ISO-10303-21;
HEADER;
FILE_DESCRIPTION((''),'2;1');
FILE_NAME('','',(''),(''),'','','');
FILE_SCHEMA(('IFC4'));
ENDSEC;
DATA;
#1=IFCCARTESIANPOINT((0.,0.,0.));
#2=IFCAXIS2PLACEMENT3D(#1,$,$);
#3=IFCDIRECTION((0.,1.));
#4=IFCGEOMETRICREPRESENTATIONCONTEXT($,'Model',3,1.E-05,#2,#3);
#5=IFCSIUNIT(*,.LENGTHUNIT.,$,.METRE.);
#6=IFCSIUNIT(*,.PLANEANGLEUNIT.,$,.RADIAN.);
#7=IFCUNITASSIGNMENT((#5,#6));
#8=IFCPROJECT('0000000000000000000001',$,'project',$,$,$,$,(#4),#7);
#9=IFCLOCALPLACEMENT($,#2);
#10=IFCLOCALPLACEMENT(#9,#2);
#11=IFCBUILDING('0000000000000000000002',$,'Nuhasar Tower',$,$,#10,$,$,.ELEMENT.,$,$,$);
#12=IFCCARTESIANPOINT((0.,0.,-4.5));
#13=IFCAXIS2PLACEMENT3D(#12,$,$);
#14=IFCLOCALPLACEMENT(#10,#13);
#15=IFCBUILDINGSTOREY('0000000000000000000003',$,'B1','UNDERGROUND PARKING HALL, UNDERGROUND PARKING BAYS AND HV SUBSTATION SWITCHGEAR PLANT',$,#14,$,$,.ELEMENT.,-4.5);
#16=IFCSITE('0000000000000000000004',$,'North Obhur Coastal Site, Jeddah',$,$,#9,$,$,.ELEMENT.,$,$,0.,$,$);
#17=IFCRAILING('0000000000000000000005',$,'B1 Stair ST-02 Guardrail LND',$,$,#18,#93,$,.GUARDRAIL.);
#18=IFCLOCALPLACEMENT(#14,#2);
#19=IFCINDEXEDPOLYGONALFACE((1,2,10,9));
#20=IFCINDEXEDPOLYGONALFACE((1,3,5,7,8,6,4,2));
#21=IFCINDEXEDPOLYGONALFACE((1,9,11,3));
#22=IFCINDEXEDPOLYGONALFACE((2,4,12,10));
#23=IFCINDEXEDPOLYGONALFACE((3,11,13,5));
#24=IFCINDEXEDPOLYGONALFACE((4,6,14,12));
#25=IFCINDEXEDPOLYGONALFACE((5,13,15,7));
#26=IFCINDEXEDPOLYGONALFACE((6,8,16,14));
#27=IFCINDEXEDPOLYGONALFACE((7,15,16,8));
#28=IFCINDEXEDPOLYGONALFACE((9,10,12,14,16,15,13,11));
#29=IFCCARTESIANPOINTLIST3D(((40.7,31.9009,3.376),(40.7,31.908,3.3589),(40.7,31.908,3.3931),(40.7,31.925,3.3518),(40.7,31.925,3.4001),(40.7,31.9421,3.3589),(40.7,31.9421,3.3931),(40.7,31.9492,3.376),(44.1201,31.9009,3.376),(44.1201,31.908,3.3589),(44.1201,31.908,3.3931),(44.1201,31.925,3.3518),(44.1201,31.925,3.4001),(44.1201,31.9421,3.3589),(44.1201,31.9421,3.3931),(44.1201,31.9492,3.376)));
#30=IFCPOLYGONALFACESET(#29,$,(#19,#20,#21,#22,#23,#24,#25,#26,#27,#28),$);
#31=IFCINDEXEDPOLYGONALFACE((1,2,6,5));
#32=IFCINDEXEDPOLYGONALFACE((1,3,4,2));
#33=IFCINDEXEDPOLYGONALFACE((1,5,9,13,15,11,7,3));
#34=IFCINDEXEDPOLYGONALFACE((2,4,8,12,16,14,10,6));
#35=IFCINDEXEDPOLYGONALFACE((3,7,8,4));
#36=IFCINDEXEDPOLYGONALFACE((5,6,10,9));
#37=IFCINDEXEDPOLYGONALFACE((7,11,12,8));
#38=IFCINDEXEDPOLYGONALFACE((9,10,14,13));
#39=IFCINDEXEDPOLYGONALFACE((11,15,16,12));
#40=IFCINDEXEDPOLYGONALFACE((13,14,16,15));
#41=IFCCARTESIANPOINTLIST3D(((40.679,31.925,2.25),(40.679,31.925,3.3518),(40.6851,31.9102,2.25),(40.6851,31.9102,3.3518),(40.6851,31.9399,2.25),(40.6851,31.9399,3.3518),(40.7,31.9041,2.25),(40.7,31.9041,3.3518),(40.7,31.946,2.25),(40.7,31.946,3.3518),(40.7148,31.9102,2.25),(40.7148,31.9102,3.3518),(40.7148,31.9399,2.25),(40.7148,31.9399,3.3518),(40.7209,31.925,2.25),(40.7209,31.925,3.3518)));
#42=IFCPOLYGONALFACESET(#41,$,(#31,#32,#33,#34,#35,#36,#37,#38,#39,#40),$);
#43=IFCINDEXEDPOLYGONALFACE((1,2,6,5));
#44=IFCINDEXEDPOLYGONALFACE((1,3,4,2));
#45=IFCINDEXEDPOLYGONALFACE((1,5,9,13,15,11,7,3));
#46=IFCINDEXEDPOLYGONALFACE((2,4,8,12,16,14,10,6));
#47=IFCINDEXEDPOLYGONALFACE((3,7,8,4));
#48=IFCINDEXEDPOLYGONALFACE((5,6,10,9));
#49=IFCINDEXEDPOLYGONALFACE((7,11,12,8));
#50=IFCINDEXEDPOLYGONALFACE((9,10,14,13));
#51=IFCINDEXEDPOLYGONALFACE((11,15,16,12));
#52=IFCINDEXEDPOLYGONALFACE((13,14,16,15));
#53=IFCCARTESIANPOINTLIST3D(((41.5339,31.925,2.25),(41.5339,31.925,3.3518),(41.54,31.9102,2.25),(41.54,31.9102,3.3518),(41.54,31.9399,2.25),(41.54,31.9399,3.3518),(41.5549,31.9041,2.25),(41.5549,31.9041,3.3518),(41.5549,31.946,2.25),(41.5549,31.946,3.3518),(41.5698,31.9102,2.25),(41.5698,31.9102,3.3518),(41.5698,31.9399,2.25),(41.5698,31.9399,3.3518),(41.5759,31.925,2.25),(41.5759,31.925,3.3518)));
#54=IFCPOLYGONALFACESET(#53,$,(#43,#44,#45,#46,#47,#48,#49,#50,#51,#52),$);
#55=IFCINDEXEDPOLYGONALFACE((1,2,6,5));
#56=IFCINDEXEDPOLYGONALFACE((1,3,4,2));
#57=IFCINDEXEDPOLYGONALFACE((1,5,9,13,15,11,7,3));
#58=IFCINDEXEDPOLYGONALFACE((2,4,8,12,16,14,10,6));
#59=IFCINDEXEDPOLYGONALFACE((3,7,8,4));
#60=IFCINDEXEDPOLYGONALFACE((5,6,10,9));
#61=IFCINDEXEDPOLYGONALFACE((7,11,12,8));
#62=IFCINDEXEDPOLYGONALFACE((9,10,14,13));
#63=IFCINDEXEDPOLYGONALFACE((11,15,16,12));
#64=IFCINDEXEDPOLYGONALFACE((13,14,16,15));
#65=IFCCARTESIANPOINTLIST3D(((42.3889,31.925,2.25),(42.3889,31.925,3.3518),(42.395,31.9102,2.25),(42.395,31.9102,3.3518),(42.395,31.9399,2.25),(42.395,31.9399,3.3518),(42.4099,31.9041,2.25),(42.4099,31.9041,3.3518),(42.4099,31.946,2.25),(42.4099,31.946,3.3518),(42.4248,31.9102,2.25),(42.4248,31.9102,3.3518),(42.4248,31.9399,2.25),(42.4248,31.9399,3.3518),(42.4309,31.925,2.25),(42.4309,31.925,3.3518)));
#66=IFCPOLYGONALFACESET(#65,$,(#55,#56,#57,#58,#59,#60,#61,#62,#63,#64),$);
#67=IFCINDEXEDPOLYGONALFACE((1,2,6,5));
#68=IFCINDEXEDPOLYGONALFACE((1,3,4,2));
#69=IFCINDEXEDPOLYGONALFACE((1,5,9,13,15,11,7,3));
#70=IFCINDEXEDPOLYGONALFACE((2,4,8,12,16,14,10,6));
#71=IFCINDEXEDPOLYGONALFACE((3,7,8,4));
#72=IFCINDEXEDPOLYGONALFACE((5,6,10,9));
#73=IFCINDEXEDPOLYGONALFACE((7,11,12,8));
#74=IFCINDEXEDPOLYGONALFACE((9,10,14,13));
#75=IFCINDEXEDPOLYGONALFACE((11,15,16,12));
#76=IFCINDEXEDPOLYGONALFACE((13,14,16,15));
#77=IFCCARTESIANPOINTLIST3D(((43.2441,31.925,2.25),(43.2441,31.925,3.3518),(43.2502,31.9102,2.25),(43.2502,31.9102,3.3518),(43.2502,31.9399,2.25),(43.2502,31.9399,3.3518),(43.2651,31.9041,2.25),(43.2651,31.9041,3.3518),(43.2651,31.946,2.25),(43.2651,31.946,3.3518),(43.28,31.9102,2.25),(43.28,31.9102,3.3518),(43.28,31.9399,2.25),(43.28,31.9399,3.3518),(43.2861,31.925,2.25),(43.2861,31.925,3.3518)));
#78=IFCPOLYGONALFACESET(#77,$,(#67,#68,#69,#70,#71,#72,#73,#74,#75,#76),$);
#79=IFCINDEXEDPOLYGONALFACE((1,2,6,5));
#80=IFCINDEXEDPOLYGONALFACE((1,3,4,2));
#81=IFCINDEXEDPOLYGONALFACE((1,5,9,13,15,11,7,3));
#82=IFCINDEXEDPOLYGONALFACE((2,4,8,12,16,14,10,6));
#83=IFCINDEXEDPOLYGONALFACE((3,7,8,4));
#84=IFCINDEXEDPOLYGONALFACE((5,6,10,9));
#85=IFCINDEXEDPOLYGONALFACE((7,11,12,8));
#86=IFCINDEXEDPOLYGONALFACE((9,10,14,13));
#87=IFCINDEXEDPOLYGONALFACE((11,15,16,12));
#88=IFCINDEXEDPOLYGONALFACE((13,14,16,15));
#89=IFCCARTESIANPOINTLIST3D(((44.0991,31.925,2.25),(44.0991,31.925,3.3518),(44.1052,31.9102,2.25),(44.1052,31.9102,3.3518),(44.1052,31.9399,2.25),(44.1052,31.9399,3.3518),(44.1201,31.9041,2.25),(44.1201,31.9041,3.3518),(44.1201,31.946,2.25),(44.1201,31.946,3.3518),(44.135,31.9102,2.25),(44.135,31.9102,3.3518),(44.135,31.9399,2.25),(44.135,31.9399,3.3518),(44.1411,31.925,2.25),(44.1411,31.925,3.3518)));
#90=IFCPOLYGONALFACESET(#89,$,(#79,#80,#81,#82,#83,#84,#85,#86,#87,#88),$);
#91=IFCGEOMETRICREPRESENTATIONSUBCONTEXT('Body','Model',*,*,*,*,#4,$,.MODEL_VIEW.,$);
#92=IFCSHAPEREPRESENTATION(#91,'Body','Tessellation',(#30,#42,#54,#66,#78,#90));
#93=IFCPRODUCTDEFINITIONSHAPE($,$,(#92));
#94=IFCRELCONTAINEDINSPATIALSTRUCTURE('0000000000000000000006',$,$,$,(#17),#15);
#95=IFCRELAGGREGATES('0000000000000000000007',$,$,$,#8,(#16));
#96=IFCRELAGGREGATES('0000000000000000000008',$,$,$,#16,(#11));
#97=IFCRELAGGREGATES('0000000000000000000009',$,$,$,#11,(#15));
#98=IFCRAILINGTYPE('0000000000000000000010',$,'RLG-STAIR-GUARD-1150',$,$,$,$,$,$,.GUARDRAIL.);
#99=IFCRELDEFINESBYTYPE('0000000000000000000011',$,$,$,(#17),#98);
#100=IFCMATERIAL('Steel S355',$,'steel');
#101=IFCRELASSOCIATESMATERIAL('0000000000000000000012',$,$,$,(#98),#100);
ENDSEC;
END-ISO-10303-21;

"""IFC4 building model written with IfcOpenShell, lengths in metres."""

from ifc_helpers import new_model, si_unit, direction, frame, origin, place, context, subcontext, project, spatial, polyline, outline, extrude, material, type_object, element, save


model = new_model("IFC4")

# Units and contexts
model_context = context("Model", 3, precision=1e-05, world=origin(), true_north=direction((0.0, 1.0)))
body_context = subcontext(model_context, "Body", "Model", "MODEL_VIEW")
ifc_project = project(units=[si_unit("LENGTHUNIT", "METRE"), si_unit("PLANEANGLEUNIT", "RADIAN")], contexts=[model_context])

# Site, building, storey
site_placement = place(None, origin())
site = spatial("IfcSite", under=ifc_project, at=site_placement, Name="North Obhur Coastal Site, Jeddah", CompositionType="ELEMENT", RefElevation=0.0)
building_placement = place(site_placement, origin())
building = spatial("IfcBuilding", under=site, at=building_placement, Name="Nuhasar Tower", CompositionType="ELEMENT")
storey_placement = place(building_placement, frame((0.0, 0.0, -4.5)))
storey = spatial("IfcBuildingStorey", under=building, at=storey_placement, Name="B1", Description="UNDERGROUND PARKING HALL, UNDERGROUND PARKING BAYS AND HV SUBSTATION SWITCHGEAR PLANT", CompositionType="ELEMENT", Elevation=-4.5)

# Shared definitions
ifc_material_1 = material(Name="Steel S355", Category="steel")

# Railing
railing_type_1 = type_object("IfcRailingType", Name="RLG-STAIR-GUARD-1150", PredefinedType="GUARDRAIL", material=ifc_material_1)
railing_1_placement = place(storey_placement, frame((40.7, 31.925, 2.25)))
element("IfcRailing", 1, at=railing_1_placement, inside=storey, type_object=railing_type_1, Name="B1 Stair ST-02 Guardrail LND", PredefinedType="GUARDRAIL", context=body_context, shape_type="SweptSolid", body=[
    extrude(outline(polyline([(0.0242, 0.0), (0.0171, 0.0171), (0.0, 0.0242), (-0.0171, 0.0171), (-0.0242, 0.0), (-0.0171, -0.0171), (0.0, -0.0242), (0.0171, -0.0171), (0.0242, 0.0)])), frame((0.0, 0.0, 1.126), z_axis=(1.0, 0.0, 0.0), x_axis=(0.0, 1.0, 0.0)), (0.0, 0.0, 1.0), 3.4202),
    extrude(outline(polyline([(0.021, 0.0), (0.0149, 0.0149), (0.0, 0.021), (-0.0149, 0.0149), (-0.021, 0.0), (-0.0149, -0.0149), (0.0, -0.021), (0.0149, -0.0149), (0.021, 0.0)])), origin(), (0.0, 0.0, 1.0), 1.1018),
    extrude(outline(polyline([(0.021, 0.0), (0.0149, 0.0149), (0.0, 0.021), (-0.0149, 0.0149), (-0.021, 0.0), (-0.0149, -0.0149), (0.0, -0.021), (0.0149, -0.0149), (0.021, 0.0)])), frame((0.855, 0.0, 0.0)), (0.0, 0.0, 1.0), 1.1018),
    extrude(outline(polyline([(0.021, 0.0), (0.0149, 0.0149), (0.0, 0.021), (-0.0149, 0.0149), (-0.021, 0.0), (-0.0149, -0.0149), (0.0, -0.021), (0.0149, -0.0149), (0.021, 0.0)])), frame((1.71, 0.0, 0.0)), (0.0, 0.0, 1.0), 1.1018),
    extrude(outline(polyline([(0.021, 0.0), (0.0149, 0.0149), (0.0, 0.021), (-0.0149, 0.0149), (-0.021, 0.0), (-0.0149, -0.0149), (0.0, -0.021), (0.0149, -0.0149), (0.021, 0.0)])), frame((2.5652, 0.0, 0.0)), (0.0, 0.0, 1.0), 1.1018),
    extrude(outline(polyline([(0.021, 0.0), (0.0149, 0.0149), (0.0, 0.021), (-0.0149, 0.0149), (-0.021, 0.0), (-0.0149, -0.0149), (0.0, -0.021), (0.0149, -0.0149), (0.021, 0.0)])), frame((3.4202, 0.0, 0.0)), (0.0, 0.0, 1.0), 1.1018),
])

save(model, "model.ifc")
